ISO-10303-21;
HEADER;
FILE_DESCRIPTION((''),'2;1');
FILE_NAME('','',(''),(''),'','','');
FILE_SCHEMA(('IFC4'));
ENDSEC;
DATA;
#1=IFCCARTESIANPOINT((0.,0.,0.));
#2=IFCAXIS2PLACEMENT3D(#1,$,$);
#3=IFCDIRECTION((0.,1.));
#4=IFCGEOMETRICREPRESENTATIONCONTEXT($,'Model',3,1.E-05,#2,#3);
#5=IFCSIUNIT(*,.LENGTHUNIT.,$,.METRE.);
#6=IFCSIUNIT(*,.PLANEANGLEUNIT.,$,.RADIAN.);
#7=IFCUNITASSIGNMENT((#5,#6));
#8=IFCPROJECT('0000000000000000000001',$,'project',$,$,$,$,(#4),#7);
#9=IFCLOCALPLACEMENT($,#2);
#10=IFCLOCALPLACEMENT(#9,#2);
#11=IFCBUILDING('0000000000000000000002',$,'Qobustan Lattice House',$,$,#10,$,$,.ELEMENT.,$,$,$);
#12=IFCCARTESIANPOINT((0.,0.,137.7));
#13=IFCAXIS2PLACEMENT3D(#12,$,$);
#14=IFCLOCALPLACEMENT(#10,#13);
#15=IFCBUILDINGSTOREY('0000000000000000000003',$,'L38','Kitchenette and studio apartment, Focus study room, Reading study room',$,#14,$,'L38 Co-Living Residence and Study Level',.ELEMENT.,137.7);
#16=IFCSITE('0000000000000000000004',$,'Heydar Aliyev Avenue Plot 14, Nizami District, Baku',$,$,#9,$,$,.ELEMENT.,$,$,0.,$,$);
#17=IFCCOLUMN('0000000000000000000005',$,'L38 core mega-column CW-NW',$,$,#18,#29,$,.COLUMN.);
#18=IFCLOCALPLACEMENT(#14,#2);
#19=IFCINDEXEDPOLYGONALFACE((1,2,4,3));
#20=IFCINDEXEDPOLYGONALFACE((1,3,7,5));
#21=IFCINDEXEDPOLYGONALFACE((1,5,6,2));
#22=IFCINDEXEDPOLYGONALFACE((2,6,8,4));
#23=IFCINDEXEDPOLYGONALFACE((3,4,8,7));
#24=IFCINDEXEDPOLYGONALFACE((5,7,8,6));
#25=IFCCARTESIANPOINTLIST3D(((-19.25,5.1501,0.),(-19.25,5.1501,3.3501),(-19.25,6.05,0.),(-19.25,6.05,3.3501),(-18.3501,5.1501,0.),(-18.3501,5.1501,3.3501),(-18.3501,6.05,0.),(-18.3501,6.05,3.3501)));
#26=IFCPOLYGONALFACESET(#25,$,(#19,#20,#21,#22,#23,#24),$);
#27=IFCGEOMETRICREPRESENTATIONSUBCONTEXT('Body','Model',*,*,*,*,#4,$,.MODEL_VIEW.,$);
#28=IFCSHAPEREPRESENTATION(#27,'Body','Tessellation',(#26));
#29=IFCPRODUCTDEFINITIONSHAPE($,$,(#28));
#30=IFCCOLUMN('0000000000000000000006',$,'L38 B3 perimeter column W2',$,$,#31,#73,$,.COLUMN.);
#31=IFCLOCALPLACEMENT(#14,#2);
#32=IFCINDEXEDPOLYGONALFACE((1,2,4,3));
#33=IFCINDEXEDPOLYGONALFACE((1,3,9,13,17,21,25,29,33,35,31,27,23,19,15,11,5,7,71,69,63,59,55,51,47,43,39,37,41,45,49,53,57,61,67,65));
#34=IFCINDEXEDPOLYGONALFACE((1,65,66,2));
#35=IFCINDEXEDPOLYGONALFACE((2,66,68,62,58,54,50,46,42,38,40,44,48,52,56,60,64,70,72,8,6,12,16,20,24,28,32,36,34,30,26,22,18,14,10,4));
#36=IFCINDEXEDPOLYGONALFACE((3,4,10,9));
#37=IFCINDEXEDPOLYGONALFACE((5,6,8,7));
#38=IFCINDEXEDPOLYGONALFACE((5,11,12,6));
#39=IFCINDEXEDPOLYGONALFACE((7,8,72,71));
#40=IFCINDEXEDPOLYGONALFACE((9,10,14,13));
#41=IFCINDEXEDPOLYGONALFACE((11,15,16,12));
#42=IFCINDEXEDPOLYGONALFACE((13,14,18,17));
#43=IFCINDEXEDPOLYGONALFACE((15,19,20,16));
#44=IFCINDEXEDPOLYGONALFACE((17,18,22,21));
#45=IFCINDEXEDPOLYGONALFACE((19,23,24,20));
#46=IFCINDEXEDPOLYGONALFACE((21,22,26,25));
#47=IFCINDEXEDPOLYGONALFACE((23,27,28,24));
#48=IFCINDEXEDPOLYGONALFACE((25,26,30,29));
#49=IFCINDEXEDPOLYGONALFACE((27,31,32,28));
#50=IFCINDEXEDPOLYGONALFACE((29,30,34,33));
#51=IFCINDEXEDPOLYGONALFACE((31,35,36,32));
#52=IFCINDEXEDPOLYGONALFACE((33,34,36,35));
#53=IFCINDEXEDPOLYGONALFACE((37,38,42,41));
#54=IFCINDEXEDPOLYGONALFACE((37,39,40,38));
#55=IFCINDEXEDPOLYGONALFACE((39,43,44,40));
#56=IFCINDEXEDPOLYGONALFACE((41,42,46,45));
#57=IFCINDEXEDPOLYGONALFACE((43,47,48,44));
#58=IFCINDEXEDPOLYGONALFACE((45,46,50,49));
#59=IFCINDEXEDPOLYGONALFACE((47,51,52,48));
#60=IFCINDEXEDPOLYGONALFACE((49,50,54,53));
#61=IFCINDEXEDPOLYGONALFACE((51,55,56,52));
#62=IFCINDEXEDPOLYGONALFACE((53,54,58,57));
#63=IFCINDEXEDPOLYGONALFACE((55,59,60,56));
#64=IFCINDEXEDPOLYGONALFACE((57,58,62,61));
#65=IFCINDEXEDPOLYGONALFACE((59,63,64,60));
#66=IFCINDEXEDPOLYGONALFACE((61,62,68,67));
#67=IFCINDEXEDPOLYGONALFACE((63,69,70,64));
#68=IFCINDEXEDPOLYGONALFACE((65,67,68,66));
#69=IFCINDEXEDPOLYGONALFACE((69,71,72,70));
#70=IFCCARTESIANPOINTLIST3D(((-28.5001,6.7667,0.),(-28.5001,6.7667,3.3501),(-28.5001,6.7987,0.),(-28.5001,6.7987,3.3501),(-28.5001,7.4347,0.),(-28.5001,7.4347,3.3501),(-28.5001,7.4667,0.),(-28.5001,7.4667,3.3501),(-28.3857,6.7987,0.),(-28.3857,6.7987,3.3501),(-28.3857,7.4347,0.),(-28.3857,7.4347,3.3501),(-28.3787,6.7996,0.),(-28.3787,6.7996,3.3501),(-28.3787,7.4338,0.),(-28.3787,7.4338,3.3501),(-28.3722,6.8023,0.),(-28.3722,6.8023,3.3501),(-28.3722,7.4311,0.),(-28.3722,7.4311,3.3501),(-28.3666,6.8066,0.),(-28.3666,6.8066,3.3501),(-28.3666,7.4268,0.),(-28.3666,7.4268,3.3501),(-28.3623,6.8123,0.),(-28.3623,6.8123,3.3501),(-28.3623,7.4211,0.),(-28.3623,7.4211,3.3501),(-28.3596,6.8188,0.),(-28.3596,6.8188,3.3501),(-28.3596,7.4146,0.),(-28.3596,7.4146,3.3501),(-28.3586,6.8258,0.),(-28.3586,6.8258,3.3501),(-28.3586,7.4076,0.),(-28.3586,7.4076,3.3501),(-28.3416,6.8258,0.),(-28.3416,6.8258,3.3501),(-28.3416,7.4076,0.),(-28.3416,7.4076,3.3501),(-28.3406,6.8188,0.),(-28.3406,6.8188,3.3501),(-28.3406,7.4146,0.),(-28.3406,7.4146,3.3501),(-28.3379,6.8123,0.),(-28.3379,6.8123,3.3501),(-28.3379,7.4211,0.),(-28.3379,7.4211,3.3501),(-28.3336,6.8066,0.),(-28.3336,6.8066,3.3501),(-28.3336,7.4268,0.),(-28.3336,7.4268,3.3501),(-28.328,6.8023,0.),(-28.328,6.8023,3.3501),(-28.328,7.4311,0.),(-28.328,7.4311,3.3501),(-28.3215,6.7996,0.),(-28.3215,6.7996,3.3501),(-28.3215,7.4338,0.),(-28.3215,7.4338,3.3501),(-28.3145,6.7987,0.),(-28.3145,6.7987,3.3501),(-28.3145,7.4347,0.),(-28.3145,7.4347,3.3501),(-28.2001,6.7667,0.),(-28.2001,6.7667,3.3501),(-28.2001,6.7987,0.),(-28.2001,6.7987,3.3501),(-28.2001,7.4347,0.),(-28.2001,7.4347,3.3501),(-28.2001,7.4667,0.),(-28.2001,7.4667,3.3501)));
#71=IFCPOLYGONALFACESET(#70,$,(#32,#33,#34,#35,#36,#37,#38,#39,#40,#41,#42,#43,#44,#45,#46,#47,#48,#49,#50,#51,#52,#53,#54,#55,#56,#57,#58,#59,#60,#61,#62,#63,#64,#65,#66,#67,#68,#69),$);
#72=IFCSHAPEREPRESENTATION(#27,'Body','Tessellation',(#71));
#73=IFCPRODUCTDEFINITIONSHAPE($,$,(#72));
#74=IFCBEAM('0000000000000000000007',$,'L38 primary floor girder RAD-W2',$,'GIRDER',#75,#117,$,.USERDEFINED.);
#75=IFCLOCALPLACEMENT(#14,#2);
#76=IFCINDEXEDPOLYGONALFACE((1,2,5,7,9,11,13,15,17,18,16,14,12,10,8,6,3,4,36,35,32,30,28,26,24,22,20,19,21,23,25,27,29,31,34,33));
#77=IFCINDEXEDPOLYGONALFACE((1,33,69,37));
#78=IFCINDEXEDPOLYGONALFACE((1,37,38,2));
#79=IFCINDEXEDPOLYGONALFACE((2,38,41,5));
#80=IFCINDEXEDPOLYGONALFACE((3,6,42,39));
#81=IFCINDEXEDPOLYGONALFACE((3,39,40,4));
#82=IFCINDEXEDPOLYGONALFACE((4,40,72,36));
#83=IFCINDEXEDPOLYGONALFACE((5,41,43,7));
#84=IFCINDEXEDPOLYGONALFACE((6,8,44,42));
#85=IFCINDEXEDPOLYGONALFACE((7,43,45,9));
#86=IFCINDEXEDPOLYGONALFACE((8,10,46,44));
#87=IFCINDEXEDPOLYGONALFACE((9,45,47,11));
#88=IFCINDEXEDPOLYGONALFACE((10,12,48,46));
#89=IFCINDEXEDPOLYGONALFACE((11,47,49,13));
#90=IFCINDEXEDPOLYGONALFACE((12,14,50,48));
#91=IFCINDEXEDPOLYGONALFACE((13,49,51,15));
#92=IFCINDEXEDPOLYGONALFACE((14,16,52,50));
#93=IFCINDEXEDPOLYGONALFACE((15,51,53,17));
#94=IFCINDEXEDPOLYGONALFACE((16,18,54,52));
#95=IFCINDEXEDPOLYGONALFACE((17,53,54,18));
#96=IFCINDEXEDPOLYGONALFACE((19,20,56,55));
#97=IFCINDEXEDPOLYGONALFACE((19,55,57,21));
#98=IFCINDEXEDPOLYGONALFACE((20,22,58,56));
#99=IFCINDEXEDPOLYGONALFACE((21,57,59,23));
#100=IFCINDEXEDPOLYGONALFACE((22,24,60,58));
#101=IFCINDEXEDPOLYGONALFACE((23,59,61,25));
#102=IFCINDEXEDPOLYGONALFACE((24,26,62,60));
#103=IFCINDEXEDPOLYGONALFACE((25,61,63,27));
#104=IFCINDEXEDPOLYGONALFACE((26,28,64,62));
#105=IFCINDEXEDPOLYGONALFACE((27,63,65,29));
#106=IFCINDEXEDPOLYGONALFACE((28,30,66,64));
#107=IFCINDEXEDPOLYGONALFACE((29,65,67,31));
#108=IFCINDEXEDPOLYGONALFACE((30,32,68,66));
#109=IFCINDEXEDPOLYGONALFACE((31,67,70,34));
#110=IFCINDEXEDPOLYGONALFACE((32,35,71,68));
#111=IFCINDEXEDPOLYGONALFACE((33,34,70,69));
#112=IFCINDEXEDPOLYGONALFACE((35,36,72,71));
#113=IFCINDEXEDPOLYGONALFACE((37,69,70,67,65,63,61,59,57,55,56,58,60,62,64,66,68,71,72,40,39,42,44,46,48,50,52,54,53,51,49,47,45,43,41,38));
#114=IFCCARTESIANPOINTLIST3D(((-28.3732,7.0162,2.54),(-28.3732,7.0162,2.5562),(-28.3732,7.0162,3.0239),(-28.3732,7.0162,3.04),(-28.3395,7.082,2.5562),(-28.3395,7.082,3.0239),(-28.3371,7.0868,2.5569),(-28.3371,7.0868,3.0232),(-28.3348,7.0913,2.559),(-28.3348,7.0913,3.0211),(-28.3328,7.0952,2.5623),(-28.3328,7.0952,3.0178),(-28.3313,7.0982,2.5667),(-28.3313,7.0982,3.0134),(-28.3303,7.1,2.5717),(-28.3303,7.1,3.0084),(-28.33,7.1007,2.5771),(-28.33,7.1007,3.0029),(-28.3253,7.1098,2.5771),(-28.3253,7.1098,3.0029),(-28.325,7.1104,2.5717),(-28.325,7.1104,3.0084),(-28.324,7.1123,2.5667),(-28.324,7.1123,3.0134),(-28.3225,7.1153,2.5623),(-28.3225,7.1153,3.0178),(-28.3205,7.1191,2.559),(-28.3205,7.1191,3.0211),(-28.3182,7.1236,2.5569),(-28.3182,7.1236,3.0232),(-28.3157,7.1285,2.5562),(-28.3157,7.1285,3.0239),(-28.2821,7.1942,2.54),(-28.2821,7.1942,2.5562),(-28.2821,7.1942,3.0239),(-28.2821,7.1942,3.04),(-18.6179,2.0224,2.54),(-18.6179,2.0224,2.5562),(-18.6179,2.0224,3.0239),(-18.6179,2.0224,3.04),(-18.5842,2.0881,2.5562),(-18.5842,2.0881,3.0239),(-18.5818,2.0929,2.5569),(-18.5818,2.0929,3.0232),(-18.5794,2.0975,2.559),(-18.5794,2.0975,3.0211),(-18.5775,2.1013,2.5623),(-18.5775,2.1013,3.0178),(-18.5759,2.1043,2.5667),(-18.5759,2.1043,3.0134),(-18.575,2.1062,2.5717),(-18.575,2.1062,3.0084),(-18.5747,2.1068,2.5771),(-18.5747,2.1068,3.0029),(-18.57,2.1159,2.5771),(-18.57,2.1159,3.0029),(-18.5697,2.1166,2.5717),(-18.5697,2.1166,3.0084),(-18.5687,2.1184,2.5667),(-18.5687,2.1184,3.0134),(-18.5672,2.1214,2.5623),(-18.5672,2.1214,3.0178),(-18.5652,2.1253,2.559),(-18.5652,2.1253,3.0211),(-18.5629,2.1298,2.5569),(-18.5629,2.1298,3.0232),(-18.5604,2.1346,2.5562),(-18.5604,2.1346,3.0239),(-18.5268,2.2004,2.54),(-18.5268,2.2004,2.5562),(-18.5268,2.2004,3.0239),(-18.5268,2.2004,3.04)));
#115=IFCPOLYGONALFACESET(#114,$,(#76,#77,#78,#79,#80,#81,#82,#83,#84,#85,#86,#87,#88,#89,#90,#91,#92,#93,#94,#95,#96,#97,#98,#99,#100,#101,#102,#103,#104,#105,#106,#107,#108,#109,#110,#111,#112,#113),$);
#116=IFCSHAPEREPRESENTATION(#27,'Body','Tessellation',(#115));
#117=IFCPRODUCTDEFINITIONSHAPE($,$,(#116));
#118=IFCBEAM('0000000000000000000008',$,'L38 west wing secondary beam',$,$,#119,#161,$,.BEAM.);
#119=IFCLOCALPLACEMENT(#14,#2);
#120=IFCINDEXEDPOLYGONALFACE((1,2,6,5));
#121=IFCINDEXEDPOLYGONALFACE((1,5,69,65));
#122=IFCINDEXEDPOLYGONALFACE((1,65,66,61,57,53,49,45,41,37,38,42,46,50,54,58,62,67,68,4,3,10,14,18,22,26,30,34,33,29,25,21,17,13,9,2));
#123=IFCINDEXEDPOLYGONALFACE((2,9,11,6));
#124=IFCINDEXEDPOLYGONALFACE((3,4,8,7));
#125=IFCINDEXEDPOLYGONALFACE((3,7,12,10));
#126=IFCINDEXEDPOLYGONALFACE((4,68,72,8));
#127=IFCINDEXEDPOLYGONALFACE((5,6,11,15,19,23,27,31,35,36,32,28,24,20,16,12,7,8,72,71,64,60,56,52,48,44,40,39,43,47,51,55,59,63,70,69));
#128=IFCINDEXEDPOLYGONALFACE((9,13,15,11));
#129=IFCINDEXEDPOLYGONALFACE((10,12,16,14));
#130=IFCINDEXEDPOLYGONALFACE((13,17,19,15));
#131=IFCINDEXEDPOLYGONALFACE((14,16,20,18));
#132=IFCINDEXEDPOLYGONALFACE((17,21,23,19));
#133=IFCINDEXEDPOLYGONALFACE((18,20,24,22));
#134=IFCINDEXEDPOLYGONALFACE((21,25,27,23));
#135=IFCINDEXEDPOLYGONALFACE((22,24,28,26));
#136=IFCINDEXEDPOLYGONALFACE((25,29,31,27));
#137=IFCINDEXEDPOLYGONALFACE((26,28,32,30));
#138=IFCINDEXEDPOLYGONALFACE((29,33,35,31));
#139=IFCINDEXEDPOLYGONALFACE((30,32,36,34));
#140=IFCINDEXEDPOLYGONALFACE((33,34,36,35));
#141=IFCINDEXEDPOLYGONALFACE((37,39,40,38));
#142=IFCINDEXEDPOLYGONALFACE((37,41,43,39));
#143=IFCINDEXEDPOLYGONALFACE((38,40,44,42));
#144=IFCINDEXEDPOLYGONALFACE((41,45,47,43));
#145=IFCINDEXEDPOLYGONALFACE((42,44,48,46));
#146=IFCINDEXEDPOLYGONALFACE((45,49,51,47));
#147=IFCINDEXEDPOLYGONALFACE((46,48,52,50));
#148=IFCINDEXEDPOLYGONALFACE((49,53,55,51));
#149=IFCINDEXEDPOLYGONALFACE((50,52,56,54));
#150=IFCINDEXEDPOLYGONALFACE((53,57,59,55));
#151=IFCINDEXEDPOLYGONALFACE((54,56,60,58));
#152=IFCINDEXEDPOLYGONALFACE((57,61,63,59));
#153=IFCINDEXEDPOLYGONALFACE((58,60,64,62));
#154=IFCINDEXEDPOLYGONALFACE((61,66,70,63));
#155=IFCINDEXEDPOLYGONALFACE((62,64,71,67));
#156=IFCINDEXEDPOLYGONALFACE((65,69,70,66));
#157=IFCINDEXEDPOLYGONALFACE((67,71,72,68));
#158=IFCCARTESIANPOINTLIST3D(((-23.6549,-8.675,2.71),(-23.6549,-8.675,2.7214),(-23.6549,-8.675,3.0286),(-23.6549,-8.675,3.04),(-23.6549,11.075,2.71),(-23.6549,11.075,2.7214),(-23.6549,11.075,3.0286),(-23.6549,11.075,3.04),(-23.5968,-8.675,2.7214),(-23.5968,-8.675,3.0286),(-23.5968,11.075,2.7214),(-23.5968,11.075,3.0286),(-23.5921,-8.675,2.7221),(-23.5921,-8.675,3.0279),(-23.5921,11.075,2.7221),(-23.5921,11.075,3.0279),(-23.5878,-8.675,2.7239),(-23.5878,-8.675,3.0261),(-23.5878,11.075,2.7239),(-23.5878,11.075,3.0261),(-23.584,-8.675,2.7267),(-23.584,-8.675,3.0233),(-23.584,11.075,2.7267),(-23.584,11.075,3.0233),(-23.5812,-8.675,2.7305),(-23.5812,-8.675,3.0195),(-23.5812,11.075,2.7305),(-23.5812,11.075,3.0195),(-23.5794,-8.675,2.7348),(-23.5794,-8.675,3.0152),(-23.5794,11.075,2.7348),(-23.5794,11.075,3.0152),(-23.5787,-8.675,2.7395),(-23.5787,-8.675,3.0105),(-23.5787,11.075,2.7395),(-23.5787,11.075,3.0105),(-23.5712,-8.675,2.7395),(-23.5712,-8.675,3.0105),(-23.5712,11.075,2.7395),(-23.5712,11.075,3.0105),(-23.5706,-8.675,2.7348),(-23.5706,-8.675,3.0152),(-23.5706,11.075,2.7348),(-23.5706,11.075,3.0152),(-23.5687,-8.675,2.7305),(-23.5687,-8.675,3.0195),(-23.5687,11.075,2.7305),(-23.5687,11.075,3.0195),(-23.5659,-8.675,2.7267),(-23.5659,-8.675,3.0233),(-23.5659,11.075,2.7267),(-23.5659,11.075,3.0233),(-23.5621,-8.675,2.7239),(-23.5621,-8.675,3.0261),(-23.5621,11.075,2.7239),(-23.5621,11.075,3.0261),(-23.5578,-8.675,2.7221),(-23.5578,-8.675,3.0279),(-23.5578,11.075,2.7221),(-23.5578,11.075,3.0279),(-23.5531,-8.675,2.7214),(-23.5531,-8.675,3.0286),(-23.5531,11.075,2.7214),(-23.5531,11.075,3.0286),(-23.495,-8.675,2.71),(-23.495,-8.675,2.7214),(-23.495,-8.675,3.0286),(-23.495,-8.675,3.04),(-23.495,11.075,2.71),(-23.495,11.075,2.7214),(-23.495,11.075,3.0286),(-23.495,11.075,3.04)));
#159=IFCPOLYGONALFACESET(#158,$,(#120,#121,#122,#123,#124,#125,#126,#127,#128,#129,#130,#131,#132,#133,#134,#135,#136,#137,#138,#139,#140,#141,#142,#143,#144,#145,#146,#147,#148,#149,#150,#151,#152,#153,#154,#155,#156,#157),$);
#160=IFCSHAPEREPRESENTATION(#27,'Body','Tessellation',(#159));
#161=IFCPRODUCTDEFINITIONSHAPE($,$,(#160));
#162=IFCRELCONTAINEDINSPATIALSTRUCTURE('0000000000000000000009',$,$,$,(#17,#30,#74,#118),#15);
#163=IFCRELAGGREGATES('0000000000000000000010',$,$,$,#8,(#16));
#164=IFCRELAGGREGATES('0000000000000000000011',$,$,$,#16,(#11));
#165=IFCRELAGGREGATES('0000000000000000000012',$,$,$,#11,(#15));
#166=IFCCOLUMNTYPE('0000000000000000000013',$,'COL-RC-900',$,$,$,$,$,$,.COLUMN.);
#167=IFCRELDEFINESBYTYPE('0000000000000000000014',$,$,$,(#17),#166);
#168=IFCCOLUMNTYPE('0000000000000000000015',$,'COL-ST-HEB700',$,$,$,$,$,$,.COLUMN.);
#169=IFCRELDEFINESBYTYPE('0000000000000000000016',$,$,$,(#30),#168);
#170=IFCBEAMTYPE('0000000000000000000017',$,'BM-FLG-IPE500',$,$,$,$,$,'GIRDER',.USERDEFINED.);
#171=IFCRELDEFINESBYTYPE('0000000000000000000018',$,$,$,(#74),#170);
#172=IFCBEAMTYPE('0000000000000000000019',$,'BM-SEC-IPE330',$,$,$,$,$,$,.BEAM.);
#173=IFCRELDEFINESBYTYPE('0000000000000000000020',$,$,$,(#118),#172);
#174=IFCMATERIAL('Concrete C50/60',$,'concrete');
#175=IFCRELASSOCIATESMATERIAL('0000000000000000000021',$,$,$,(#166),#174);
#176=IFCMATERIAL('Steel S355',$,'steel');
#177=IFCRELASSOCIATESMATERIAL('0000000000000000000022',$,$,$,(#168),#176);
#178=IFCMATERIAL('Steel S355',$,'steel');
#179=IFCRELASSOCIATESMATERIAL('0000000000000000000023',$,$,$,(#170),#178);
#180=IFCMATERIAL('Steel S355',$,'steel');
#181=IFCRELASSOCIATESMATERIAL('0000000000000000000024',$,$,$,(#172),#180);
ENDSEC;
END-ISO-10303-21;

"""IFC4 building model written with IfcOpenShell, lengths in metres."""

from ifc_helpers import new_model, si_unit, direction, frame, origin, origin_2d, place, context, subcontext, project, spatial, rectangle, i_section, extrude, material, material_profile, profile_set, type_object, element, save


model = new_model("IFC4")

# Units and contexts
model_context = context("Model", 3, precision=1e-05, world=origin(), true_north=direction((0.0, 1.0)))
body_context = subcontext(model_context, "Body", "Model", "MODEL_VIEW")
ifc_project = project(units=[si_unit("LENGTHUNIT", "METRE"), si_unit("PLANEANGLEUNIT", "RADIAN")], contexts=[model_context])

# Site, building, storey
site_placement = place(None, origin())
site = spatial("IfcSite", under=ifc_project, at=site_placement, Name="Heydar Aliyev Avenue Plot 14, Nizami District, Baku", CompositionType="ELEMENT", RefElevation=0.0)
building_placement = place(site_placement, origin())
building = spatial("IfcBuilding", under=site, at=building_placement, Name="Qobustan Lattice House", CompositionType="ELEMENT")
storey_placement = place(building_placement, frame((0.0, 0.0, 137.7)))
storey = spatial("IfcBuildingStorey", under=building, at=storey_placement, Name="L38", Description="Kitchenette and studio apartment, Focus study room, Reading study room", LongName="L38 Co-Living Residence and Study Level", CompositionType="ELEMENT", Elevation=137.7)

# Columns
ifc_material_1 = material(Name="Concrete C50/60", Category="concrete")
ifc_material_profile_1 = material_profile(ifc_material_1, rectangle(XDim=0.8999, YDim=0.8999, at=origin_2d()), Name="RC900x900")
ifc_profile_set_1 = profile_set([ifc_material_profile_1], Name="Concrete C50/60")
column_type_1 = type_object("IfcColumnType", Name="COL-RC-900", PredefinedType="COLUMN", material=ifc_profile_set_1)
column_1_placement = place(storey_placement, frame((-18.8, 5.6001, 0.0), z_axis=(0.0, 0.0, 1.0), x_axis=(1.0, 0.0, 0.0)))
element("IfcColumn", 1, at=column_1_placement, inside=storey, type_object=column_type_1, Name="L38 core mega-column CW-NW", PredefinedType="COLUMN", context=body_context, shape_type="SweptSolid", body=[
    extrude(rectangle(XDim=0.8999, YDim=0.8999, at=origin_2d()), origin(), (0.0, 0.0, 1.0), 3.3501),
])
ifc_material_2 = material(Name="Steel S355", Category="steel")
ifc_material_profile_2 = material_profile(ifc_material_2, i_section(OverallWidth=0.3, OverallDepth=0.7, WebThickness=0.0171, FlangeThickness=0.032, FilletRadius=0.0271, at=origin_2d()), Name="HEB700")
ifc_profile_set_2 = profile_set([ifc_material_profile_2], Name="Steel S355")
column_type_2 = type_object("IfcColumnType", Name="COL-ST-HEB700", PredefinedType="COLUMN", material=ifc_profile_set_2)
column_2_placement = place(storey_placement, frame((-28.3501, 7.1167, 0.0), z_axis=(0.0, 0.0, 1.0), x_axis=(1.0, 0.0, 0.0)))
element("IfcColumn", 2, at=column_2_placement, inside=storey, type_object=column_type_2, Name="L38 B3 perimeter column W2", PredefinedType="COLUMN", context=body_context, shape_type="SweptSolid", body=[
    extrude(i_section(OverallWidth=0.3, OverallDepth=0.7, WebThickness=0.0171, FlangeThickness=0.032, FilletRadius=0.0271, at=origin_2d()), origin(), (0.0, 0.0, 1.0), 3.3501),
])

# Beams
ifc_material_3 = material(Name="Steel S355", Category="steel")
ifc_material_profile_3 = material_profile(ifc_material_3, i_section(OverallWidth=0.2, OverallDepth=0.5, WebThickness=0.0103, FlangeThickness=0.0161, FilletRadius=0.021, at=origin_2d()), Name="IPE500")
ifc_profile_set_3 = profile_set([ifc_material_profile_3], Name="Steel S355")
beam_type_1 = type_object("IfcBeamType", Name="BM-FLG-IPE500", ElementType="GIRDER", PredefinedType="USERDEFINED", material=ifc_profile_set_3)
beam_1_placement = place(storey_placement, frame((-28.3276, 7.1052, 2.79), z_axis=(0.890145, -0.455677, 0.0), x_axis=(0.455677, 0.890145, 0.0)))
element("IfcBeam", 3, at=beam_1_placement, inside=storey, type_object=beam_type_1, Name="L38 primary floor girder RAD-W2", ObjectType="GIRDER", PredefinedType="USERDEFINED", context=body_context, shape_type="SweptSolid", body=[
    extrude(i_section(OverallWidth=0.2, OverallDepth=0.5, WebThickness=0.0103, FlangeThickness=0.0161, FilletRadius=0.021, at=origin_2d()), origin(), (0.0, 0.0, 1.0), 10.9592),
])
ifc_material_4 = material(Name="Steel S355", Category="steel")
ifc_material_profile_4 = material_profile(ifc_material_4, i_section(OverallWidth=0.1599, OverallDepth=0.3301, WebThickness=0.0076, FlangeThickness=0.0115, FilletRadius=0.0181, at=origin_2d()), Name="IPE330")
ifc_profile_set_4 = profile_set([ifc_material_profile_4], Name="Steel S355")
beam_type_2 = type_object("IfcBeamType", Name="BM-SEC-IPE330", PredefinedType="BEAM", material=ifc_profile_set_4)
beam_2_placement = place(storey_placement, frame((-23.575, 11.075, 2.875), z_axis=(0.0, -1.0, 0.0), x_axis=(1.0, 0.0, 0.0)))
element("IfcBeam", 4, at=beam_2_placement, inside=storey, type_object=beam_type_2, Name="L38 west wing secondary beam", PredefinedType="BEAM", context=body_context, shape_type="SweptSolid", body=[
    extrude(i_section(OverallWidth=0.1599, OverallDepth=0.3301, WebThickness=0.0076, FlangeThickness=0.0115, FilletRadius=0.0181, at=origin_2d()), origin(), (0.0, 0.0, 1.0), 19.75),
])

save(model, "model.ifc")
